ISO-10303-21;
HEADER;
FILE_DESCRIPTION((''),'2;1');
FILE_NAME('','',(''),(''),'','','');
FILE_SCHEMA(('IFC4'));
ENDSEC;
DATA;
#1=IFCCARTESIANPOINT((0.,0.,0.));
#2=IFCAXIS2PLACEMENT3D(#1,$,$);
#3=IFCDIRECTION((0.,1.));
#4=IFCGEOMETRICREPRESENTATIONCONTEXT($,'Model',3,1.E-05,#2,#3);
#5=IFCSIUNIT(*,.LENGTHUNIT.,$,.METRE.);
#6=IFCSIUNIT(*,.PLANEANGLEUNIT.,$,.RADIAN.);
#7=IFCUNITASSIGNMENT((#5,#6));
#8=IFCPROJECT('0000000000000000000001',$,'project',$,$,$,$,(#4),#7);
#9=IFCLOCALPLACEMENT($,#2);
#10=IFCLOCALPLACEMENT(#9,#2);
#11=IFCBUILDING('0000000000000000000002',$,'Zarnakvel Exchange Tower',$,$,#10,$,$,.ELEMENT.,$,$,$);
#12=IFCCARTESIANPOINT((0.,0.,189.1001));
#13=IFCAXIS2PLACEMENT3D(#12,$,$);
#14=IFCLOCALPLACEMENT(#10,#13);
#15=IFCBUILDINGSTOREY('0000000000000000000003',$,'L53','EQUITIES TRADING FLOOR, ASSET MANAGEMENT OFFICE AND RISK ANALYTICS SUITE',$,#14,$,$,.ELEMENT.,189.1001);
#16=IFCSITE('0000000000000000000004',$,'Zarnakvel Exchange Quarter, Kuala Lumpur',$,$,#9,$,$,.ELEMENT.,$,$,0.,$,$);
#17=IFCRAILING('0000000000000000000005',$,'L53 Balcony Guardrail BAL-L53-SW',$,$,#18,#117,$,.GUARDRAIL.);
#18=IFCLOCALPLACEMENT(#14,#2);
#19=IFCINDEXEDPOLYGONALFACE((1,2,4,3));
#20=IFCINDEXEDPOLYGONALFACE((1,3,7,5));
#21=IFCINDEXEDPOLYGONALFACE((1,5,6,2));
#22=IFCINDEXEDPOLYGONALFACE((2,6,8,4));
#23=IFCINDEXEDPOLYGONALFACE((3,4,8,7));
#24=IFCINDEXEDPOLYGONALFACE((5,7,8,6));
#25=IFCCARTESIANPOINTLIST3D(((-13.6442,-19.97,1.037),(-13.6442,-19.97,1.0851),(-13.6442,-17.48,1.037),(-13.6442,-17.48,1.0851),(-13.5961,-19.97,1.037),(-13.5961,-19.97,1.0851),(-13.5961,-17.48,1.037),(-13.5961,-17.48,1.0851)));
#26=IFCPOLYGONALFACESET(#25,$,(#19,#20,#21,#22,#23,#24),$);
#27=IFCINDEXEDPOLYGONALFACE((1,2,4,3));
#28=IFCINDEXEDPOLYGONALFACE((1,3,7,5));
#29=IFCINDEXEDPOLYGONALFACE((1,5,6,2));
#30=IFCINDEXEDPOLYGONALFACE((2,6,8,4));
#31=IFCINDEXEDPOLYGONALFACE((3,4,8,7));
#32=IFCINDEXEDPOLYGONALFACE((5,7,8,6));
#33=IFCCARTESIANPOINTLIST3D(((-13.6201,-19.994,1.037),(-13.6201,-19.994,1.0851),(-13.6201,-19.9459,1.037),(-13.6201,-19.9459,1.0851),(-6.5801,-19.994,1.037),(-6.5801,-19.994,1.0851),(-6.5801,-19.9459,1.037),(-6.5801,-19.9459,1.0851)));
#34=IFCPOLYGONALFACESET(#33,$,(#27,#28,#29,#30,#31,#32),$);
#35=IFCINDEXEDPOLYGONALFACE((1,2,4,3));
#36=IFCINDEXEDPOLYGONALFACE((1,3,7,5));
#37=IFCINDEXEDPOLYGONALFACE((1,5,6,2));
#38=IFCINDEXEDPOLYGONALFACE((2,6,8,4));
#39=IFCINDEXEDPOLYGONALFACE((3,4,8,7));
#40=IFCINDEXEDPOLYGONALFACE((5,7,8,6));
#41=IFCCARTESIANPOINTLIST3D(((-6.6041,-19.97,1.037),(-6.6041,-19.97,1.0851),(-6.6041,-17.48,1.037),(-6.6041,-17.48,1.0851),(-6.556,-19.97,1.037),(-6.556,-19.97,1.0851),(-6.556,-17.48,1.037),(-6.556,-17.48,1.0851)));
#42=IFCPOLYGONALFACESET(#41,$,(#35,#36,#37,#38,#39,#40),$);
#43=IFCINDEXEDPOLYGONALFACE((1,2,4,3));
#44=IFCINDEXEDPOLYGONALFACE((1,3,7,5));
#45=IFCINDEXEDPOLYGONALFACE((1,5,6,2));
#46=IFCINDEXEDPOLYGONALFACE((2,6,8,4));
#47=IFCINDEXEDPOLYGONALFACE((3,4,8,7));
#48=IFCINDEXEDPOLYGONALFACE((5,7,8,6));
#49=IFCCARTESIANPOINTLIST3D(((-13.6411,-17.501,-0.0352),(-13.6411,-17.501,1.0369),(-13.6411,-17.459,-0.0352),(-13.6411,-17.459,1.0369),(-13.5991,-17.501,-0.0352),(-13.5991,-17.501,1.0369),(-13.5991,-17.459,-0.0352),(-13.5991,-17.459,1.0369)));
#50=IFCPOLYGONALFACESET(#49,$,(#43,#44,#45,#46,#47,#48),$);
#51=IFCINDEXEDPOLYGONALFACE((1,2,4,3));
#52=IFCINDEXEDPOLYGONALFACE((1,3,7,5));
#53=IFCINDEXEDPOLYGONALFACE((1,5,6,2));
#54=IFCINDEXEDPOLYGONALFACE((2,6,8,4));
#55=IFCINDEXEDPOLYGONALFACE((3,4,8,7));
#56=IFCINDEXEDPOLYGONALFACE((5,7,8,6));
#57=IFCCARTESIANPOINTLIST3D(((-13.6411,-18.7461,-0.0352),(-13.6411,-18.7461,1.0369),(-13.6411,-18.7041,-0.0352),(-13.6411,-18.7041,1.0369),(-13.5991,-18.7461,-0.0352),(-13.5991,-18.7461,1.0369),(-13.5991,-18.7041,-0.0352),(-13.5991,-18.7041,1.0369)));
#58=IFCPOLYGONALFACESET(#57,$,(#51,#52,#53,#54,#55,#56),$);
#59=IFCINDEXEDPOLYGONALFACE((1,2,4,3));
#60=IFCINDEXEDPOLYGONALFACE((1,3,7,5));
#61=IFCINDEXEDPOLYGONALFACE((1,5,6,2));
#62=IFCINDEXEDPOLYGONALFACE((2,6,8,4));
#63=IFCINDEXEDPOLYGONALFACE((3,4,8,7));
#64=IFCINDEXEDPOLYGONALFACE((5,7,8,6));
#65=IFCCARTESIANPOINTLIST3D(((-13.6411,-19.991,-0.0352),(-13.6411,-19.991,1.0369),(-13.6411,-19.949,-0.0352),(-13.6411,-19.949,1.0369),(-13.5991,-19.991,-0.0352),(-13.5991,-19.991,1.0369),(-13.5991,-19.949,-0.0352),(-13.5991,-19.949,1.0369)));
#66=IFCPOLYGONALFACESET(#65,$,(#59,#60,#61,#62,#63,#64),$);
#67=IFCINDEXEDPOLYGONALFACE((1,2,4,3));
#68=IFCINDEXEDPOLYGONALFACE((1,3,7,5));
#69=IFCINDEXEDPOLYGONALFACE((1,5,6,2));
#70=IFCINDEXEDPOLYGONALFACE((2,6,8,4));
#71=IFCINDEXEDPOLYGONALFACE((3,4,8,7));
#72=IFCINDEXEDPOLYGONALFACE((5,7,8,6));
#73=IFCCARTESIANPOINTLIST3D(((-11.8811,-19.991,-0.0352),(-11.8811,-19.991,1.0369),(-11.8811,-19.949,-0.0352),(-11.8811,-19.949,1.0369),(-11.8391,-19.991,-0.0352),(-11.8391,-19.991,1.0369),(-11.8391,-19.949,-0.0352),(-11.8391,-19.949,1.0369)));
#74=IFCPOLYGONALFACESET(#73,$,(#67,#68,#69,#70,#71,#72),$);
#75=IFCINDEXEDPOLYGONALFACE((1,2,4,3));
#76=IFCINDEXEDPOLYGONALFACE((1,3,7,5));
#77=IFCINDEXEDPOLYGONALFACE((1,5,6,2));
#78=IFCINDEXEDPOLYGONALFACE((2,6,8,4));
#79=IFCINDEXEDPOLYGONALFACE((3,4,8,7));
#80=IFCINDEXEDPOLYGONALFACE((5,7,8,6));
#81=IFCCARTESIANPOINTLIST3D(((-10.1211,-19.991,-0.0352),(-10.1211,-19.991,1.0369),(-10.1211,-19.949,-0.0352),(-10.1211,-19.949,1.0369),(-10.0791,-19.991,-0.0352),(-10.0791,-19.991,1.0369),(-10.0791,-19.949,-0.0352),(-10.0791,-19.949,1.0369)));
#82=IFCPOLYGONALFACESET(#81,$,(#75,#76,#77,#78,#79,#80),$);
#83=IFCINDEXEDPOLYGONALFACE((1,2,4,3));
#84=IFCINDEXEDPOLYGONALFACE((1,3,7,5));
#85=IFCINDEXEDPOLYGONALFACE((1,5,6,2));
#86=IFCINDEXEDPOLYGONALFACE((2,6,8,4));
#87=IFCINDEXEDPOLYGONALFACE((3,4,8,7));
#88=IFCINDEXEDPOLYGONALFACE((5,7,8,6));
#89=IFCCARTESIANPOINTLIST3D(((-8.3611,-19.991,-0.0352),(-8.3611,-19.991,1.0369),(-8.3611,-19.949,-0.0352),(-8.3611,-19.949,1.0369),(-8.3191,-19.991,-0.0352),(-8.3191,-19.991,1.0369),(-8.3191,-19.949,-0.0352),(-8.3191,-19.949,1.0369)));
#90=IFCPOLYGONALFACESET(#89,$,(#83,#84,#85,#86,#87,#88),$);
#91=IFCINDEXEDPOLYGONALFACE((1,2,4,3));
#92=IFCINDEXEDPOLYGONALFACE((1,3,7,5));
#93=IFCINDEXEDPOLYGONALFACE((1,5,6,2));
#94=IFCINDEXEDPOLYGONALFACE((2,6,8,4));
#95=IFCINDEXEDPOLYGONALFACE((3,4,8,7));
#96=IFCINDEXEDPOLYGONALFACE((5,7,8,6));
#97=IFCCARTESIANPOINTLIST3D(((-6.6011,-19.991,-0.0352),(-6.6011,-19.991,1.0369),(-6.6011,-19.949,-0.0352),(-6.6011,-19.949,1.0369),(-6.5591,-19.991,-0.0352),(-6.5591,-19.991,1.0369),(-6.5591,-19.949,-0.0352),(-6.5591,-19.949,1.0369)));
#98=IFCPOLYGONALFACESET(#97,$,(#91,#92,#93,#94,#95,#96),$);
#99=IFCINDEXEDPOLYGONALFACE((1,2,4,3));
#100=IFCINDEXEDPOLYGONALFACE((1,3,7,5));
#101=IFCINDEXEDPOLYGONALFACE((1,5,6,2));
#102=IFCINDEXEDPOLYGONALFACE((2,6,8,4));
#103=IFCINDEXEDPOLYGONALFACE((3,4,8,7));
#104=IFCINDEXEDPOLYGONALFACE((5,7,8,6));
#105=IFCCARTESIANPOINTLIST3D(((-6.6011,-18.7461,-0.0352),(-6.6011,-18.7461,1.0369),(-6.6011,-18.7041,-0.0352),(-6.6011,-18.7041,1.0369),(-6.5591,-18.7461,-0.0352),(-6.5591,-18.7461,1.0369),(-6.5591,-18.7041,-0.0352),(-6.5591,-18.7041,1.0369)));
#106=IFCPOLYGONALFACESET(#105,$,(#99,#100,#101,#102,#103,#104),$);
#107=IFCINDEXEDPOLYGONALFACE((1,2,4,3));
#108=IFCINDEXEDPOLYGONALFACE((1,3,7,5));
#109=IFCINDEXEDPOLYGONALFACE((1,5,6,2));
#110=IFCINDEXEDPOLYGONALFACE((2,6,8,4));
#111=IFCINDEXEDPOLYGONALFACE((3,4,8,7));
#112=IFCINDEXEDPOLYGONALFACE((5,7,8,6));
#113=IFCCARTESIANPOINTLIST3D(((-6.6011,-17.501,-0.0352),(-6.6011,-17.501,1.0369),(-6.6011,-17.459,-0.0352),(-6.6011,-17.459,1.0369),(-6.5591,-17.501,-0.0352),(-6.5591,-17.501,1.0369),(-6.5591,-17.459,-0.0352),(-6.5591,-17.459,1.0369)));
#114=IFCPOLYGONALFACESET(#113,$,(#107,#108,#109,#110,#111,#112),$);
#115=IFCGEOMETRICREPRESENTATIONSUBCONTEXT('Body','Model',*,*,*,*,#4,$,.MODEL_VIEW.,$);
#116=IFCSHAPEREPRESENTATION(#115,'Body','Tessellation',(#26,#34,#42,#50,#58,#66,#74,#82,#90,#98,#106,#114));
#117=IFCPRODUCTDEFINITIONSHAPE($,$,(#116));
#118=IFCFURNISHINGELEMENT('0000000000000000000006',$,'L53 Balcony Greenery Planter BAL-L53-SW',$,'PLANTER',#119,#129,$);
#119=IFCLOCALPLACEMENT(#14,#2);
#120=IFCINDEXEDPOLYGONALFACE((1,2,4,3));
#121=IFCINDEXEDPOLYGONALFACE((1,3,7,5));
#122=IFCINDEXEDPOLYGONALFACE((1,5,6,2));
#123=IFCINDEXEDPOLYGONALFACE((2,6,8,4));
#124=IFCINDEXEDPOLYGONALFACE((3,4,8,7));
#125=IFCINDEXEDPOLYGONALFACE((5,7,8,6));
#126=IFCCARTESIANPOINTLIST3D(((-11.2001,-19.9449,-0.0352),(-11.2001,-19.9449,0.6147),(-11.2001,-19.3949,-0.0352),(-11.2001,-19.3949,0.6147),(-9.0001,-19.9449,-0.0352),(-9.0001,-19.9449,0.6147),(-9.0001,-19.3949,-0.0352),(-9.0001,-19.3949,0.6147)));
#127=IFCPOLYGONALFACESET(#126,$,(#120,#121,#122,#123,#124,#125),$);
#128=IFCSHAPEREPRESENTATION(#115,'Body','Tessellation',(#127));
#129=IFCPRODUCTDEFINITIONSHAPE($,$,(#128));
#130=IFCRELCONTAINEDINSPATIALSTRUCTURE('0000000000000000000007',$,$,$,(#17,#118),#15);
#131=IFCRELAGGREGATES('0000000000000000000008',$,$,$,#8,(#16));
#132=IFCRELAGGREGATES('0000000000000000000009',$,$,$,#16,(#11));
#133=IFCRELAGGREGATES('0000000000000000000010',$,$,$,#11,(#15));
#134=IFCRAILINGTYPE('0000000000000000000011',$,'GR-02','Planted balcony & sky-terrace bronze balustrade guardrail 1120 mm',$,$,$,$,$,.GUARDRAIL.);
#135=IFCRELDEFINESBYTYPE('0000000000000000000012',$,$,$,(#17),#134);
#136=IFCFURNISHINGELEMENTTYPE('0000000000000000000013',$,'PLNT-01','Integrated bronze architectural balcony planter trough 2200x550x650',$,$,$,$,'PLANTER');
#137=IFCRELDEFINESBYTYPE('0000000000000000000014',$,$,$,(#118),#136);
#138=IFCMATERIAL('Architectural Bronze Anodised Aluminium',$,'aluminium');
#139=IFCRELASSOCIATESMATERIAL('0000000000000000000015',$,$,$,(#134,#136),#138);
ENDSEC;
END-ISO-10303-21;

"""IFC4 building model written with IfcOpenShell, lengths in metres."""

from ifc_helpers import new_model, si_unit, direction, frame, origin, origin_2d, place, context, subcontext, project, spatial, rectangle, extrude, source, transform, mapped, material, type_object, element, save


model = new_model("IFC4")

# Units and contexts
model_context = context("Model", 3, precision=1e-05, world=origin(), true_north=direction((0.0, 1.0)))
body_context = subcontext(model_context, "Body", "Model", "MODEL_VIEW")
ifc_project = project(units=[si_unit("LENGTHUNIT", "METRE"), si_unit("PLANEANGLEUNIT", "RADIAN")], contexts=[model_context])

# Site, building, storey
site_placement = place(None, origin())
site = spatial("IfcSite", under=ifc_project, at=site_placement, Name="Zarnakvel Exchange Quarter, Kuala Lumpur", CompositionType="ELEMENT", RefElevation=0.0)
building_placement = place(site_placement, origin())
building = spatial("IfcBuilding", under=site, at=building_placement, Name="Zarnakvel Exchange Tower", CompositionType="ELEMENT")
storey_placement = place(building_placement, frame((0.0, 0.0, 189.1001)))
storey = spatial("IfcBuildingStorey", under=building, at=storey_placement, Name="L53", Description="EQUITIES TRADING FLOOR, ASSET MANAGEMENT OFFICE AND RISK ANALYTICS SUITE", CompositionType="ELEMENT", Elevation=189.1001)

# Shared definitions
ifc_material_1 = material(Name="Architectural Bronze Anodised Aluminium", Category="aluminium")

# Railing
railing_type = type_object("IfcRailingType", Name="GR-02", Description="Planted balcony & sky-terrace bronze balustrade guardrail 1120 mm", PredefinedType="GUARDRAIL", material=ifc_material_1)
railing_placement = place(storey_placement, frame((-13.6201, -17.48, -0.0352)))
element("IfcRailing", 1, at=railing_placement, inside=storey, type_object=railing_type, Name="L53 Balcony Guardrail BAL-L53-SW", PredefinedType="GUARDRAIL", context=body_context, shape_type="SweptSolid", body=[
    extrude(rectangle(XDim=0.0481, YDim=0.0481, at=origin_2d()), frame((0.0, 0.0, 1.0962), z_axis=(0.0, -1.0, 0.0), x_axis=(1.0, 0.0, 0.0)), (0.0, 0.0, 1.0), 2.49),
    extrude(rectangle(XDim=0.0481, YDim=0.0481, at=origin_2d()), frame((0.0, -2.49, 1.0962), z_axis=(1.0, 0.0, 0.0), x_axis=(0.0, 1.0, 0.0)), (0.0, 0.0, 1.0), 7.04),
    extrude(rectangle(XDim=0.0481, YDim=0.0481, at=origin_2d()), frame((7.04, -2.49, 1.0962), z_axis=(0.0, 1.0, 0.0), x_axis=(-1.0, 0.0, 0.0)), (0.0, 0.0, 1.0), 2.49),
    extrude(rectangle(XDim=0.042, YDim=0.042, at=origin_2d()), origin(), (0.0, 0.0, 1.0), 1.072),
    extrude(rectangle(XDim=0.042, YDim=0.042, at=origin_2d()), frame((0.0, -1.2451, 0.0)), (0.0, 0.0, 1.0), 1.072),
    extrude(rectangle(XDim=0.042, YDim=0.042, at=origin_2d()), frame((0.0, -2.49, 0.0)), (0.0, 0.0, 1.0), 1.072),
    extrude(rectangle(XDim=0.042, YDim=0.042, at=origin_2d()), frame((1.76, -2.49, 0.0)), (0.0, 0.0, 1.0), 1.072),
    extrude(rectangle(XDim=0.042, YDim=0.042, at=origin_2d()), frame((3.52, -2.49, 0.0)), (0.0, 0.0, 1.0), 1.072),
    extrude(rectangle(XDim=0.042, YDim=0.042, at=origin_2d()), frame((5.28, -2.49, 0.0)), (0.0, 0.0, 1.0), 1.072),
    extrude(rectangle(XDim=0.042, YDim=0.042, at=origin_2d()), frame((7.04, -2.49, 0.0)), (0.0, 0.0, 1.0), 1.072),
    extrude(rectangle(XDim=0.042, YDim=0.042, at=origin_2d()), frame((7.04, -1.2451, 0.0)), (0.0, 0.0, 1.0), 1.072),
    extrude(rectangle(XDim=0.042, YDim=0.042, at=origin_2d()), frame((7.04, 0.0, 0.0)), (0.0, 0.0, 1.0), 1.072),
])

# Furnishing element
furnishing_element_type = type_object("IfcFurnishingElementType", Name="PLNT-01", Description="Integrated bronze architectural balcony planter trough 2200x550x650", ElementType="PLANTER", material=ifc_material_1)
shared_shape_1 = source(origin(), body_context, "Body", "SweptSolid", [
    extrude(rectangle(XDim=2.2, YDim=0.55, at=origin_2d()), origin(), (0.0, 0.0, 1.0), 0.6499),
])
furnishing_placement = place(storey_placement, frame((-10.1001, -19.6699, -0.0352), z_axis=(0.0, 0.0, 1.0), x_axis=(1.0, 0.0, 0.0)))
element("IfcFurnishingElement", 2, at=furnishing_placement, inside=storey, type_object=furnishing_element_type, Name="L53 Balcony Greenery Planter BAL-L53-SW", ObjectType="PLANTER", context=body_context, shape_type="MappedRepresentation", body=[
    mapped(shared_shape_1, transform((0.0, 0.0, 0.0), x_axis=(1.0, 0.0, 0.0), y_axis=(0.0, 1.0, 0.0), z_axis=(0.0, 0.0, 1.0), scale=1.0)),
])

save(model, "model.ifc")
